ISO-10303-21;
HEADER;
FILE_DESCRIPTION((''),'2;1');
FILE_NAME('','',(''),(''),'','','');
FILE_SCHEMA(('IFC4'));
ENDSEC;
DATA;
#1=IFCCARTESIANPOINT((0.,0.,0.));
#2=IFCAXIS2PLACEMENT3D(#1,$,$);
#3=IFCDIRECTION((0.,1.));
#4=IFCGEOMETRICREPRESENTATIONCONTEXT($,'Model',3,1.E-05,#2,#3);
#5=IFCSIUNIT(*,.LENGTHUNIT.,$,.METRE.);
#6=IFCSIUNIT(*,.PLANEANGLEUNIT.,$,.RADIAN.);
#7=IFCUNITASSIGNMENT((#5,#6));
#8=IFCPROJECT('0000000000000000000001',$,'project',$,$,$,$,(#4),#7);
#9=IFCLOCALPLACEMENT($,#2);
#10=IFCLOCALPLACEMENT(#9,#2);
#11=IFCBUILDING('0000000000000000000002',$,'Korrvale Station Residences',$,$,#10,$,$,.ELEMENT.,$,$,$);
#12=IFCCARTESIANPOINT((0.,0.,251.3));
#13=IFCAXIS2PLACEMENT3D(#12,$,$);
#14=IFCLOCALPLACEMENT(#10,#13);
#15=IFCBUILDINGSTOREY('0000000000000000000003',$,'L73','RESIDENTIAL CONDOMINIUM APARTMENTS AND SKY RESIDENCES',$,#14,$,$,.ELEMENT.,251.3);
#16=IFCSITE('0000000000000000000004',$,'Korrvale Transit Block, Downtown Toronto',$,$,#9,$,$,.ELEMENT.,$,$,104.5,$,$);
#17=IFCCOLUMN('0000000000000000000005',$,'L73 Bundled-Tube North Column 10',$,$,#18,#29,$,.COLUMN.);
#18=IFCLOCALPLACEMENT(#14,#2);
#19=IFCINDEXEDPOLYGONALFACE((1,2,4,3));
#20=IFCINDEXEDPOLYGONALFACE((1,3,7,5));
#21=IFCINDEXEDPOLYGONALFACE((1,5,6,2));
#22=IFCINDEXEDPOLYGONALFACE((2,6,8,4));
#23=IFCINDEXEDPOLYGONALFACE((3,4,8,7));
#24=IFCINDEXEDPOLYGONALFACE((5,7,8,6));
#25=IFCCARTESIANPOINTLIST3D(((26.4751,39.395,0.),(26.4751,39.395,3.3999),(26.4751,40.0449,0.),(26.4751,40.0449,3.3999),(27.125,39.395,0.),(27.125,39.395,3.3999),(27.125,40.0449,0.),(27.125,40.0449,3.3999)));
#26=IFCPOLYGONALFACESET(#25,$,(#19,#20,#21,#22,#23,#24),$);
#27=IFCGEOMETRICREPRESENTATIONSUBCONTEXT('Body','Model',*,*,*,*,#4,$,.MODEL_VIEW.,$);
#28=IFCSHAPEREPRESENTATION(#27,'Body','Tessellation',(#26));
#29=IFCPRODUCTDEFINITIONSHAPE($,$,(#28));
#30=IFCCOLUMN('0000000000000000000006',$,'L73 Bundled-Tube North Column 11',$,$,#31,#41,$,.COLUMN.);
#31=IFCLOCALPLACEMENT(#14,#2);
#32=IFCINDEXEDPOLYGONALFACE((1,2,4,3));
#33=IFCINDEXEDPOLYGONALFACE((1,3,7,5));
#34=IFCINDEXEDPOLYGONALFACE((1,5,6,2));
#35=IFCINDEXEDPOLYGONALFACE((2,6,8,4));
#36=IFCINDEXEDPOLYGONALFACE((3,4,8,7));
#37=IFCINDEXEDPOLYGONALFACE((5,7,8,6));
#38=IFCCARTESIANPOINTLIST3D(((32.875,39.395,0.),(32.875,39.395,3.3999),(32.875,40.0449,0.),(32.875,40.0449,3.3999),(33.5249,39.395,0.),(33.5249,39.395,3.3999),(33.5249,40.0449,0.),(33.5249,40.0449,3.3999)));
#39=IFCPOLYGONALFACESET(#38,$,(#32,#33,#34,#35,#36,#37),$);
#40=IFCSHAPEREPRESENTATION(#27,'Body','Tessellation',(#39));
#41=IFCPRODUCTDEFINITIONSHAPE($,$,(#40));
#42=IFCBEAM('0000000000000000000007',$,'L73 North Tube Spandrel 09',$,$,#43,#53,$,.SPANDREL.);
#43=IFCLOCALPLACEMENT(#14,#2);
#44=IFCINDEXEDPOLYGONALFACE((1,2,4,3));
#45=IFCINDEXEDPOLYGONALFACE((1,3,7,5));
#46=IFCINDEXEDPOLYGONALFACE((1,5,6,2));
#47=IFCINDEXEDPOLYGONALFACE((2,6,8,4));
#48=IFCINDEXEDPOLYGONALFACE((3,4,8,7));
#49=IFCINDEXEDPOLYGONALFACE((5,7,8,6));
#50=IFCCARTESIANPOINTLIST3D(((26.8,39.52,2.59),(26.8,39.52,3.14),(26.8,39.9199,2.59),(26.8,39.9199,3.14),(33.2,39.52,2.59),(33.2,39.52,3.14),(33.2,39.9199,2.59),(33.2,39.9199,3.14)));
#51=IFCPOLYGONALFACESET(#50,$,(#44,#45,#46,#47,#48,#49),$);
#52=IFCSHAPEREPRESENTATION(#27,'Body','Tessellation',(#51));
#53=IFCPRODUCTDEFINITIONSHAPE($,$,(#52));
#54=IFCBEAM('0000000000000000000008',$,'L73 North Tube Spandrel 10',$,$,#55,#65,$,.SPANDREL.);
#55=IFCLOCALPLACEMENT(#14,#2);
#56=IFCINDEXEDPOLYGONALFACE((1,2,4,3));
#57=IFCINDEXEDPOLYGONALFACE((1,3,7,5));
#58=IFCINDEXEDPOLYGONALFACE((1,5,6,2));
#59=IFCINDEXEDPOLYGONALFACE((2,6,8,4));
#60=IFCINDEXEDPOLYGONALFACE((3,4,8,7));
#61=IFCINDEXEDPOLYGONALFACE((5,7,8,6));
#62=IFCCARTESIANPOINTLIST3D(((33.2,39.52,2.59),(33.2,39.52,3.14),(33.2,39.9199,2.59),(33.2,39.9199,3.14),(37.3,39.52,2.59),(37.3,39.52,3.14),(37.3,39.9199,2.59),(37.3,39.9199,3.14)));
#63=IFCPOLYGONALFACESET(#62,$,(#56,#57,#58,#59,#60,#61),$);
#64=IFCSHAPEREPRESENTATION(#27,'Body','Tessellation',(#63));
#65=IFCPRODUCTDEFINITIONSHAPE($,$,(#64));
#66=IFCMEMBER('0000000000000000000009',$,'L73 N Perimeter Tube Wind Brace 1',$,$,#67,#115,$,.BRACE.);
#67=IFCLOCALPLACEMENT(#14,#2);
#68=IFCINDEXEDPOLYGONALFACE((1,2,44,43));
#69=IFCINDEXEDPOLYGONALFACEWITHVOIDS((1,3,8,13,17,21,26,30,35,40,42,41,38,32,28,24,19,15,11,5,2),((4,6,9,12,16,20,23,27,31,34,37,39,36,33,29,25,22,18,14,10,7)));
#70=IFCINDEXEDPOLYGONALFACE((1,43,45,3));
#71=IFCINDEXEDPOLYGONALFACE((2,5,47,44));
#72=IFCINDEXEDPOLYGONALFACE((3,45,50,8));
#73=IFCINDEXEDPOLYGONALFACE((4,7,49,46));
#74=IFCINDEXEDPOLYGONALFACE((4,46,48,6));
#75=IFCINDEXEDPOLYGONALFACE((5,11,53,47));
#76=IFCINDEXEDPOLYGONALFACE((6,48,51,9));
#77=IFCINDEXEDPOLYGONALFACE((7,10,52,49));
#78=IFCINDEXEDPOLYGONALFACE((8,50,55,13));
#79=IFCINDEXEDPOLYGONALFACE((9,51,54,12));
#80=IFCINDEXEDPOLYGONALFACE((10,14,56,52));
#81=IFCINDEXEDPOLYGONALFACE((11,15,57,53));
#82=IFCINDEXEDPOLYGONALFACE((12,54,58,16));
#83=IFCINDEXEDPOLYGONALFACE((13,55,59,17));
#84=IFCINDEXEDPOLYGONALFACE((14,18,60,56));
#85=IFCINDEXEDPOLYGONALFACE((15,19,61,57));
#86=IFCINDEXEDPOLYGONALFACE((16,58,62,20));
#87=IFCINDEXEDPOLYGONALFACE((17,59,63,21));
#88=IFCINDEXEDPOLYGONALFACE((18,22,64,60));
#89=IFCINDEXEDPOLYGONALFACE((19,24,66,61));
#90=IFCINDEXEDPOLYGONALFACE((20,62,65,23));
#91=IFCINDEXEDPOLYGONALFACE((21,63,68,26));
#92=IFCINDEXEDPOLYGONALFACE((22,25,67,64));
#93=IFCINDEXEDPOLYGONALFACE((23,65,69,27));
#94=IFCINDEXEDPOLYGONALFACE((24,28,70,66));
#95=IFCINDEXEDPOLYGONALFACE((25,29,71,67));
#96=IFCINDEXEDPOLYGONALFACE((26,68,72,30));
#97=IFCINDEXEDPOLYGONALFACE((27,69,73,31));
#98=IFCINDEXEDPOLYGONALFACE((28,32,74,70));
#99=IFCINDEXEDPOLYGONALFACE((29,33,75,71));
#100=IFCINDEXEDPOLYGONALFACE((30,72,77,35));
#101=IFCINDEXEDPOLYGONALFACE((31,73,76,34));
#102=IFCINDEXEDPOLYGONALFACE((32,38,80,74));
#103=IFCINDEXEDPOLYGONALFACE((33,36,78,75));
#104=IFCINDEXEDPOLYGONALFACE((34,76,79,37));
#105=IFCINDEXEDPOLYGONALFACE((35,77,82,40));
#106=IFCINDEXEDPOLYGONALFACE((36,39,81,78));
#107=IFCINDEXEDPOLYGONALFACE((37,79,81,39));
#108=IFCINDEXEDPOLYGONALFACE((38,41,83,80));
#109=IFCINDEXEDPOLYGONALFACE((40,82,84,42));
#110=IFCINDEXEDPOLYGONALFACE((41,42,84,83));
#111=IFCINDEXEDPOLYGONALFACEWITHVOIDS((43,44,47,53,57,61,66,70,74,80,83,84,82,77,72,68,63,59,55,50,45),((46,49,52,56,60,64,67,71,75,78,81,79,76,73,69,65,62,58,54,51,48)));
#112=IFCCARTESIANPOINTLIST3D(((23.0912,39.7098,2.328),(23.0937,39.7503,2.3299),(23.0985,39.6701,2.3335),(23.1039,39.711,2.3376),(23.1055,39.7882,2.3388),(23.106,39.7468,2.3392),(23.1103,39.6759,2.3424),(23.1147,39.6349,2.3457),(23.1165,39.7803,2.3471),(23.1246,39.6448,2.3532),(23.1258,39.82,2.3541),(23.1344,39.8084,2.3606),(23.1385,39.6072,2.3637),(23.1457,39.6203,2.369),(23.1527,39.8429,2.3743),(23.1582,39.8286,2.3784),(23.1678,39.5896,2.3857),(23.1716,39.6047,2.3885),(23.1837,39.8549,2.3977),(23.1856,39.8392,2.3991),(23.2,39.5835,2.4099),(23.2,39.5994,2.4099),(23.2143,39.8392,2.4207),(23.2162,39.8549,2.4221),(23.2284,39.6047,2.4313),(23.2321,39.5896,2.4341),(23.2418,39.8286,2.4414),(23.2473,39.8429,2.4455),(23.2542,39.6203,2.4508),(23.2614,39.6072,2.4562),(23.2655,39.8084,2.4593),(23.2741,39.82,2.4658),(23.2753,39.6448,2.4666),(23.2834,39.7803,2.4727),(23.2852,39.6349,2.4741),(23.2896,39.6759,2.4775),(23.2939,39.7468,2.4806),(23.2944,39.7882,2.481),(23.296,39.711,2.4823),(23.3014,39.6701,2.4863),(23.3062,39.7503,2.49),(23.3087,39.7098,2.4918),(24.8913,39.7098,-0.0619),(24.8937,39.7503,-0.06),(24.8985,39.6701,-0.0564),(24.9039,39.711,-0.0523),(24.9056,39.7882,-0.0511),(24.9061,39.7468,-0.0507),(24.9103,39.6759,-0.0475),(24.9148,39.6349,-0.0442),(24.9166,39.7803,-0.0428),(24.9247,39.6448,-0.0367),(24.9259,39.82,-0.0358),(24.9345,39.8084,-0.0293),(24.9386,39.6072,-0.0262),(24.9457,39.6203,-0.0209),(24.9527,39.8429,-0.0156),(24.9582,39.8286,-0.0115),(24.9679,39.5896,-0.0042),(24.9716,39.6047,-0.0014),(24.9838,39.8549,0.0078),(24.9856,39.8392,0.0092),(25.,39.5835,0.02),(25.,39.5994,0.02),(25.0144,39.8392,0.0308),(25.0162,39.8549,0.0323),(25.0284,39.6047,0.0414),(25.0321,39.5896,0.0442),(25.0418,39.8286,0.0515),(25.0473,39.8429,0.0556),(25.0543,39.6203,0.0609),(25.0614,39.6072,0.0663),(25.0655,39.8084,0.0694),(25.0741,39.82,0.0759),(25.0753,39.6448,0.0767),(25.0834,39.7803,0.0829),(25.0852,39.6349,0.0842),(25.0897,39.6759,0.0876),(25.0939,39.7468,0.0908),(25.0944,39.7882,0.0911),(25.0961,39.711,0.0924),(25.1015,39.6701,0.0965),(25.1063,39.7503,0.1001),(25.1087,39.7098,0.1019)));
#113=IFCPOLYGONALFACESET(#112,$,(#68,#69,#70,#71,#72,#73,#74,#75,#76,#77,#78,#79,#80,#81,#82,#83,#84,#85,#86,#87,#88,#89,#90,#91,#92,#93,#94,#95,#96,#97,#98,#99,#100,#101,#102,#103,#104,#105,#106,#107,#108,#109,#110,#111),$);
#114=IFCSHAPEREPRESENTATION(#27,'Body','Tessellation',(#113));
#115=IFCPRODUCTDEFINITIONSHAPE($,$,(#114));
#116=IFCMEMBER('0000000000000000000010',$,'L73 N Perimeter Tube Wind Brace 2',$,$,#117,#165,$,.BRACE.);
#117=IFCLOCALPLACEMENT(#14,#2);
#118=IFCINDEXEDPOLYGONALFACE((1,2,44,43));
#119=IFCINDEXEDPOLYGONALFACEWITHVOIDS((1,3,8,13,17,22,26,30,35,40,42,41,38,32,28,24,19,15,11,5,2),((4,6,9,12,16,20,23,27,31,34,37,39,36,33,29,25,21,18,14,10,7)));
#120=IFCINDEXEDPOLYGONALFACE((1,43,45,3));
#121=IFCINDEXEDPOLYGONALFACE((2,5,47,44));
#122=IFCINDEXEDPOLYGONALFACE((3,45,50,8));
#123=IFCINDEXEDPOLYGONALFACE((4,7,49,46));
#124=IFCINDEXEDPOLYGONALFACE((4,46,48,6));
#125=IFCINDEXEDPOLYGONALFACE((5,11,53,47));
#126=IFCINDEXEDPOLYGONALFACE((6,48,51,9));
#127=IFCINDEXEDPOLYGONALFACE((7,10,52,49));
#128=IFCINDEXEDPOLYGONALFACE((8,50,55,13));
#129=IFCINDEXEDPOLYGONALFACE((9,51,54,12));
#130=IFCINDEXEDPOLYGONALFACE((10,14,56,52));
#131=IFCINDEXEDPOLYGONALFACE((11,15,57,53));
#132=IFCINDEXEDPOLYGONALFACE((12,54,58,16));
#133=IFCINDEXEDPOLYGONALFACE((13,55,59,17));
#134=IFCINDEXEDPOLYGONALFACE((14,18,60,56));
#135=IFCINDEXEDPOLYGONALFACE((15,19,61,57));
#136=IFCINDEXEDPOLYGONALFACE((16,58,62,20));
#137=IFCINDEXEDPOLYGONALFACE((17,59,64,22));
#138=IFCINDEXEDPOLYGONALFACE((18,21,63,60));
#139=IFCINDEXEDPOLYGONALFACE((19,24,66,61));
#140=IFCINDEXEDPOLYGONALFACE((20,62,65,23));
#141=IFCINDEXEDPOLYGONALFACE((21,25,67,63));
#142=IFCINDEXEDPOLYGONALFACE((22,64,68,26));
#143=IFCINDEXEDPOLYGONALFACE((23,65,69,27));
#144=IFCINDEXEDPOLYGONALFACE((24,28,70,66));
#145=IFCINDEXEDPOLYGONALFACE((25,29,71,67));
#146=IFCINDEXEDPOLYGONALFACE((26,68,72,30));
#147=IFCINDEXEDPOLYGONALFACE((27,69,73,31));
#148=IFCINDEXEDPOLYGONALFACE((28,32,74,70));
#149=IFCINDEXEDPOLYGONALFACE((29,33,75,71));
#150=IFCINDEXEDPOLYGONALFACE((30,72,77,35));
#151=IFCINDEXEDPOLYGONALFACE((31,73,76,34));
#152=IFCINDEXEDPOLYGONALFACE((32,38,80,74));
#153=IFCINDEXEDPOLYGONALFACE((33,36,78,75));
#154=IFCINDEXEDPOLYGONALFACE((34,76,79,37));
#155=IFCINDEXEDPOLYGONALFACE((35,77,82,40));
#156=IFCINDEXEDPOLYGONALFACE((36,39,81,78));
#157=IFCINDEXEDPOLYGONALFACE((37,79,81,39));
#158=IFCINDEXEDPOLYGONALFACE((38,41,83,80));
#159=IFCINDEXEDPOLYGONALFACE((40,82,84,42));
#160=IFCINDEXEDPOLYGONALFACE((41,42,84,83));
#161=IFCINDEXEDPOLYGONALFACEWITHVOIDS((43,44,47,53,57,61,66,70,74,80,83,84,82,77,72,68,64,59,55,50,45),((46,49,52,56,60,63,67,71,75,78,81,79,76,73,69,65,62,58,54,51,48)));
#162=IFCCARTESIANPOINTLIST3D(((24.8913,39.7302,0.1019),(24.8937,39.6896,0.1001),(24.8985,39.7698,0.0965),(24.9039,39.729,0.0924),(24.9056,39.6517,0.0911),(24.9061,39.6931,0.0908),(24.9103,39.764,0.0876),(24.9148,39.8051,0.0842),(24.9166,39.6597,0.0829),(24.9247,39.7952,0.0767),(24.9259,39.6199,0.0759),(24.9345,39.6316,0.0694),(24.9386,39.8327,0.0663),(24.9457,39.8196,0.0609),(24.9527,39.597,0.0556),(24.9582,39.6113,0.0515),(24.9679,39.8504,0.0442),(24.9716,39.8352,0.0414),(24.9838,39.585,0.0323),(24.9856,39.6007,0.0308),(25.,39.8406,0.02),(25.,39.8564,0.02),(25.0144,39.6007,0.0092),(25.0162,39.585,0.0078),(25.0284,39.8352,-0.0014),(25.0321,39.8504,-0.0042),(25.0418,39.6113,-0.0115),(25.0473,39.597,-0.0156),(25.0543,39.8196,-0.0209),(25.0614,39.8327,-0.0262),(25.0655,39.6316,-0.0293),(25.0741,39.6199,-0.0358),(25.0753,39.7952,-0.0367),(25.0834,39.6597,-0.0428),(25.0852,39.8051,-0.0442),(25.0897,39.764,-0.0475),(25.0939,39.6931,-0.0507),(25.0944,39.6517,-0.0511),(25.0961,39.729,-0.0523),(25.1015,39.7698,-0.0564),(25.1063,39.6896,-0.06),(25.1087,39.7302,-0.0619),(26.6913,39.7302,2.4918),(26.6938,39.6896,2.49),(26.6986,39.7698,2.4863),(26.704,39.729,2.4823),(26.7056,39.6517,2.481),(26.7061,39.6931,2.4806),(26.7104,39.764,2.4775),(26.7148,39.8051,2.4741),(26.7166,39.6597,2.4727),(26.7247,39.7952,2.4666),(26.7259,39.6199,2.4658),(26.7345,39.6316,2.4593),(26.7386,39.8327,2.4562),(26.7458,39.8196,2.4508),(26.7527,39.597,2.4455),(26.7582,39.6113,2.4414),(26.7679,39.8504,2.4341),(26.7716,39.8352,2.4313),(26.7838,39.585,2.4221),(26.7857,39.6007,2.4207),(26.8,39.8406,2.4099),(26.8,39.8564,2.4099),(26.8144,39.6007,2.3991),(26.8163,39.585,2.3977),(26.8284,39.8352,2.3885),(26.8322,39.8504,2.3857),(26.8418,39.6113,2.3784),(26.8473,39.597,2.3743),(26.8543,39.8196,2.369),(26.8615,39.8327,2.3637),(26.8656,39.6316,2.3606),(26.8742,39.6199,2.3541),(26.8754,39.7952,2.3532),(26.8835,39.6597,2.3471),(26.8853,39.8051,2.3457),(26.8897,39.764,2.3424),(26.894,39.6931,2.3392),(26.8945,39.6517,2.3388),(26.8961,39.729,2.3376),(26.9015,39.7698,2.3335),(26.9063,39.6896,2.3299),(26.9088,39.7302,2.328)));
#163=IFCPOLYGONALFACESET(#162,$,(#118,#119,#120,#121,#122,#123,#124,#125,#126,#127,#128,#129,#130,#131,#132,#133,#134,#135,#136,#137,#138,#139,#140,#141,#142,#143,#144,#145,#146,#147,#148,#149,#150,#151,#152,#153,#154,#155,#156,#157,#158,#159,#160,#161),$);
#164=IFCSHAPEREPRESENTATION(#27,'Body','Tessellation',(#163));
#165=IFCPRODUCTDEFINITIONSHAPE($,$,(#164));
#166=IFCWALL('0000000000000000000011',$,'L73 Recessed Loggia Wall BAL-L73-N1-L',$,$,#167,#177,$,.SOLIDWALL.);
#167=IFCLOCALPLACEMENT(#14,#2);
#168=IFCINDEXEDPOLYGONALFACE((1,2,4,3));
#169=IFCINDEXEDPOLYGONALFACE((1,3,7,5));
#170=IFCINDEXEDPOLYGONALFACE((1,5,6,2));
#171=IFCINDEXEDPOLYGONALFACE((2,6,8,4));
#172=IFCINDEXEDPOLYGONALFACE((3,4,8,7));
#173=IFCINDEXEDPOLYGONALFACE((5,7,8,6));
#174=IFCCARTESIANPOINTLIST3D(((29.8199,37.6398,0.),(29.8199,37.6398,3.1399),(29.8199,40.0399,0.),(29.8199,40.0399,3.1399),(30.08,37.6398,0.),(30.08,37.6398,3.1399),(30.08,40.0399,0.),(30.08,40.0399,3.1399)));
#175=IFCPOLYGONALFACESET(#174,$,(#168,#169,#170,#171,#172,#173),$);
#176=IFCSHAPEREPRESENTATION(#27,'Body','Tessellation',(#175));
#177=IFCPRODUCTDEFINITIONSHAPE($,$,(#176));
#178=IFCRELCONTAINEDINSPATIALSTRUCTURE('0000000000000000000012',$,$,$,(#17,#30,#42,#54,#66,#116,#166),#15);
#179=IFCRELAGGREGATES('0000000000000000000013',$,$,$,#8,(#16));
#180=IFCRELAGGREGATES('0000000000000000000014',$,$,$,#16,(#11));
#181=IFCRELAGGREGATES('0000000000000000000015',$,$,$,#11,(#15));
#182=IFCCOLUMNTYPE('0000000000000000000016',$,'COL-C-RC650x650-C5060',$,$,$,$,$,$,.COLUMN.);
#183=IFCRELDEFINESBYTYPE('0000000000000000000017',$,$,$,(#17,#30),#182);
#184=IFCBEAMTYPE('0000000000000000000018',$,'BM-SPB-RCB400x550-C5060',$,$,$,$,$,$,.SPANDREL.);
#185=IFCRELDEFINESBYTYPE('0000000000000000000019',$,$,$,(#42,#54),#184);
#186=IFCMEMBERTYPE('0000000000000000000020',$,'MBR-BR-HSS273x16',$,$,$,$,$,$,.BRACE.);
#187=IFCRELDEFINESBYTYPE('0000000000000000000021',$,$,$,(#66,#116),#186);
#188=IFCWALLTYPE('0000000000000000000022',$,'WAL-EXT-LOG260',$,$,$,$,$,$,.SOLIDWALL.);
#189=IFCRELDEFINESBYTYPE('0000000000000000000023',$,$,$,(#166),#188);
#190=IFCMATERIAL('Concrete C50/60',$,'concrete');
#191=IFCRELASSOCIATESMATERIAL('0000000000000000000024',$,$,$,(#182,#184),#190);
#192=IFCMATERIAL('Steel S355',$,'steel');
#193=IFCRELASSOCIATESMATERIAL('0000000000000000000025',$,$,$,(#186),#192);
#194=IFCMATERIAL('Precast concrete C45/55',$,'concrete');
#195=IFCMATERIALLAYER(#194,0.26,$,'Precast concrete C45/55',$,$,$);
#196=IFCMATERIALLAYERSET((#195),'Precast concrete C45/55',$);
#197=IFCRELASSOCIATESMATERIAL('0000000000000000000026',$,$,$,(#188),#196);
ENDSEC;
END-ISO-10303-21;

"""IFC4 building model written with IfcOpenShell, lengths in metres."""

from ifc_helpers import new_model, si_unit, direction, frame, frame_2d, origin, origin_2d, place, context, subcontext, project, spatial, rectangle, hollow_circle, extrude, material, layer, layer_set, material_profile, profile_set, type_object, element, save


model = new_model("IFC4")

# Units and contexts
model_context = context("Model", 3, precision=1e-05, world=origin(), true_north=direction((0.0, 1.0)))
body_context = subcontext(model_context, "Body", "Model", "MODEL_VIEW")
ifc_project = project(units=[si_unit("LENGTHUNIT", "METRE"), si_unit("PLANEANGLEUNIT", "RADIAN")], contexts=[model_context])

# Site, building, storey
site_placement = place(None, origin())
site = spatial("IfcSite", under=ifc_project, at=site_placement, Name="Korrvale Transit Block, Downtown Toronto", CompositionType="ELEMENT", RefElevation=104.5)
building_placement = place(site_placement, origin())
building = spatial("IfcBuilding", under=site, at=building_placement, Name="Korrvale Station Residences", CompositionType="ELEMENT")
storey_placement = place(building_placement, frame((0.0, 0.0, 251.3)))
storey = spatial("IfcBuildingStorey", under=building, at=storey_placement, Name="L73", Description="RESIDENTIAL CONDOMINIUM APARTMENTS AND SKY RESIDENCES", CompositionType="ELEMENT", Elevation=251.3)

# Columns
ifc_material_1 = material(Name="Concrete C50/60", Category="concrete")
ifc_material_profile_1 = material_profile(ifc_material_1, rectangle(XDim=0.6499, YDim=0.6499, at=origin_2d()), Name="RC650x650")
ifc_profile_set_1 = profile_set([ifc_material_profile_1], Name="Concrete C50/60")
column_type = type_object("IfcColumnType", Name="COL-C-RC650x650-C5060", PredefinedType="COLUMN", material=ifc_profile_set_1)
for number, where, z_axis, x_axis, name in (
    (1, (26.8, 39.72, 0.0), (0.0, 0.0, 1.0), (1.0, 0.0, 0.0), "L73 Bundled-Tube North Column 10"),
    (2, (33.2, 39.72, 0.0), (0.0, 0.0, 1.0), (1.0, 0.0, 0.0), "L73 Bundled-Tube North Column 11"),
):
    element("IfcColumn", number, at=place(storey_placement, frame(where, z_axis=z_axis, x_axis=x_axis)), inside=storey, type_object=column_type, Name=name, PredefinedType="COLUMN", context=body_context, shape_type="SweptSolid", body=[
        extrude(rectangle(XDim=0.6499, YDim=0.6499, at=origin_2d()), origin(), (0.0, 0.0, 1.0), 3.3999),
    ])

# Beams
ifc_material_profile_2 = material_profile(ifc_material_1, rectangle(XDim=0.3999, YDim=0.55, at=origin_2d()), Name="RCB400x550")
ifc_profile_set_2 = profile_set([ifc_material_profile_2], Name="Concrete C50/60")
beam_type = type_object("IfcBeamType", Name="BM-SPB-RCB400x550-C5060", PredefinedType="SPANDREL", material=ifc_profile_set_2)
beam_1_placement = place(storey_placement, frame((26.8, 39.72, 2.865), z_axis=(1.0, 0.0, 0.0), x_axis=(0.0, 1.0, 0.0)))
element("IfcBeam", 3, at=beam_1_placement, inside=storey, type_object=beam_type, Name="L73 North Tube Spandrel 09", PredefinedType="SPANDREL", context=body_context, shape_type="SweptSolid", body=[
    extrude(rectangle(XDim=0.3999, YDim=0.55, at=origin_2d()), origin(), (0.0, 0.0, 1.0), 6.3999),
])
beam_2_placement = place(storey_placement, frame((33.2, 39.72, 2.865), z_axis=(1.0, 0.0, 0.0), x_axis=(0.0, 1.0, 0.0)))
element("IfcBeam", 4, at=beam_2_placement, inside=storey, type_object=beam_type, Name="L73 North Tube Spandrel 10", PredefinedType="SPANDREL", context=body_context, shape_type="SweptSolid", body=[
    extrude(rectangle(XDim=0.3999, YDim=0.55, at=origin_2d()), origin(), (0.0, 0.0, 1.0), 4.1001),
])

# Members
ifc_material_2 = material(Name="Steel S355", Category="steel")
ifc_material_profile_3 = material_profile(ifc_material_2, hollow_circle(Radius=0.1365, WallThickness=0.0159, at=origin_2d()), Name="HSS273x16")
ifc_profile_set_3 = profile_set([ifc_material_profile_3], Name="Steel S355")
member_type = type_object("IfcMemberType", Name="MBR-BR-HSS273x16", PredefinedType="BRACE", material=ifc_profile_set_3)
for number, where, z_axis, x_axis, name in (
    (5, (25.0, 39.72, 0.02), (-0.601631, 0.0, 0.798774), (0.0, -1.0, 0.0), "L73 N Perimeter Tube Wind Brace 1"),
    (6, (25.0, 39.72, 0.02), (0.601631, 0.0, 0.798774), (0.0, 1.0, 0.0), "L73 N Perimeter Tube Wind Brace 2"),
):
    element("IfcMember", number, at=place(storey_placement, frame(where, z_axis=z_axis, x_axis=x_axis)), inside=storey, type_object=member_type, Name=name, PredefinedType="BRACE", context=body_context, shape_type="SweptSolid", body=[
        extrude(hollow_circle(Radius=0.1365, WallThickness=0.0159, at=origin_2d()), origin(), (0.0, 0.0, 1.0), 2.9919),
    ])

# Wall
ifc_material_3 = material(Name="Precast concrete C45/55", Category="concrete")
ifc_layer_1 = layer(ifc_material_3, 0.26, Name="Precast concrete C45/55")
ifc_layer_set_1 = layer_set([ifc_layer_1], Name="Precast concrete C45/55")
wall_type_1 = type_object("IfcWallType", Name="WAL-EXT-LOG260", PredefinedType="SOLIDWALL", material=ifc_layer_set_1)
wall_1_placement = place(storey_placement, frame((29.95, 40.04, 0.0), z_axis=(0.0, 0.0, 1.0), x_axis=(0.0, -1.0, 0.0)))
element("IfcWall", 7, at=wall_1_placement, inside=storey, type_object=wall_type_1, Name="L73 Recessed Loggia Wall BAL-L73-N1-L", PredefinedType="SOLIDWALL", context=body_context, shape_type="SweptSolid", body=[
    extrude(rectangle(XDim=2.4001, YDim=0.26, at=frame_2d((1.2002, 0.0))), origin(), (0.0, 0.0, 1.0), 3.1399),
])

save(model, "model.ifc")
